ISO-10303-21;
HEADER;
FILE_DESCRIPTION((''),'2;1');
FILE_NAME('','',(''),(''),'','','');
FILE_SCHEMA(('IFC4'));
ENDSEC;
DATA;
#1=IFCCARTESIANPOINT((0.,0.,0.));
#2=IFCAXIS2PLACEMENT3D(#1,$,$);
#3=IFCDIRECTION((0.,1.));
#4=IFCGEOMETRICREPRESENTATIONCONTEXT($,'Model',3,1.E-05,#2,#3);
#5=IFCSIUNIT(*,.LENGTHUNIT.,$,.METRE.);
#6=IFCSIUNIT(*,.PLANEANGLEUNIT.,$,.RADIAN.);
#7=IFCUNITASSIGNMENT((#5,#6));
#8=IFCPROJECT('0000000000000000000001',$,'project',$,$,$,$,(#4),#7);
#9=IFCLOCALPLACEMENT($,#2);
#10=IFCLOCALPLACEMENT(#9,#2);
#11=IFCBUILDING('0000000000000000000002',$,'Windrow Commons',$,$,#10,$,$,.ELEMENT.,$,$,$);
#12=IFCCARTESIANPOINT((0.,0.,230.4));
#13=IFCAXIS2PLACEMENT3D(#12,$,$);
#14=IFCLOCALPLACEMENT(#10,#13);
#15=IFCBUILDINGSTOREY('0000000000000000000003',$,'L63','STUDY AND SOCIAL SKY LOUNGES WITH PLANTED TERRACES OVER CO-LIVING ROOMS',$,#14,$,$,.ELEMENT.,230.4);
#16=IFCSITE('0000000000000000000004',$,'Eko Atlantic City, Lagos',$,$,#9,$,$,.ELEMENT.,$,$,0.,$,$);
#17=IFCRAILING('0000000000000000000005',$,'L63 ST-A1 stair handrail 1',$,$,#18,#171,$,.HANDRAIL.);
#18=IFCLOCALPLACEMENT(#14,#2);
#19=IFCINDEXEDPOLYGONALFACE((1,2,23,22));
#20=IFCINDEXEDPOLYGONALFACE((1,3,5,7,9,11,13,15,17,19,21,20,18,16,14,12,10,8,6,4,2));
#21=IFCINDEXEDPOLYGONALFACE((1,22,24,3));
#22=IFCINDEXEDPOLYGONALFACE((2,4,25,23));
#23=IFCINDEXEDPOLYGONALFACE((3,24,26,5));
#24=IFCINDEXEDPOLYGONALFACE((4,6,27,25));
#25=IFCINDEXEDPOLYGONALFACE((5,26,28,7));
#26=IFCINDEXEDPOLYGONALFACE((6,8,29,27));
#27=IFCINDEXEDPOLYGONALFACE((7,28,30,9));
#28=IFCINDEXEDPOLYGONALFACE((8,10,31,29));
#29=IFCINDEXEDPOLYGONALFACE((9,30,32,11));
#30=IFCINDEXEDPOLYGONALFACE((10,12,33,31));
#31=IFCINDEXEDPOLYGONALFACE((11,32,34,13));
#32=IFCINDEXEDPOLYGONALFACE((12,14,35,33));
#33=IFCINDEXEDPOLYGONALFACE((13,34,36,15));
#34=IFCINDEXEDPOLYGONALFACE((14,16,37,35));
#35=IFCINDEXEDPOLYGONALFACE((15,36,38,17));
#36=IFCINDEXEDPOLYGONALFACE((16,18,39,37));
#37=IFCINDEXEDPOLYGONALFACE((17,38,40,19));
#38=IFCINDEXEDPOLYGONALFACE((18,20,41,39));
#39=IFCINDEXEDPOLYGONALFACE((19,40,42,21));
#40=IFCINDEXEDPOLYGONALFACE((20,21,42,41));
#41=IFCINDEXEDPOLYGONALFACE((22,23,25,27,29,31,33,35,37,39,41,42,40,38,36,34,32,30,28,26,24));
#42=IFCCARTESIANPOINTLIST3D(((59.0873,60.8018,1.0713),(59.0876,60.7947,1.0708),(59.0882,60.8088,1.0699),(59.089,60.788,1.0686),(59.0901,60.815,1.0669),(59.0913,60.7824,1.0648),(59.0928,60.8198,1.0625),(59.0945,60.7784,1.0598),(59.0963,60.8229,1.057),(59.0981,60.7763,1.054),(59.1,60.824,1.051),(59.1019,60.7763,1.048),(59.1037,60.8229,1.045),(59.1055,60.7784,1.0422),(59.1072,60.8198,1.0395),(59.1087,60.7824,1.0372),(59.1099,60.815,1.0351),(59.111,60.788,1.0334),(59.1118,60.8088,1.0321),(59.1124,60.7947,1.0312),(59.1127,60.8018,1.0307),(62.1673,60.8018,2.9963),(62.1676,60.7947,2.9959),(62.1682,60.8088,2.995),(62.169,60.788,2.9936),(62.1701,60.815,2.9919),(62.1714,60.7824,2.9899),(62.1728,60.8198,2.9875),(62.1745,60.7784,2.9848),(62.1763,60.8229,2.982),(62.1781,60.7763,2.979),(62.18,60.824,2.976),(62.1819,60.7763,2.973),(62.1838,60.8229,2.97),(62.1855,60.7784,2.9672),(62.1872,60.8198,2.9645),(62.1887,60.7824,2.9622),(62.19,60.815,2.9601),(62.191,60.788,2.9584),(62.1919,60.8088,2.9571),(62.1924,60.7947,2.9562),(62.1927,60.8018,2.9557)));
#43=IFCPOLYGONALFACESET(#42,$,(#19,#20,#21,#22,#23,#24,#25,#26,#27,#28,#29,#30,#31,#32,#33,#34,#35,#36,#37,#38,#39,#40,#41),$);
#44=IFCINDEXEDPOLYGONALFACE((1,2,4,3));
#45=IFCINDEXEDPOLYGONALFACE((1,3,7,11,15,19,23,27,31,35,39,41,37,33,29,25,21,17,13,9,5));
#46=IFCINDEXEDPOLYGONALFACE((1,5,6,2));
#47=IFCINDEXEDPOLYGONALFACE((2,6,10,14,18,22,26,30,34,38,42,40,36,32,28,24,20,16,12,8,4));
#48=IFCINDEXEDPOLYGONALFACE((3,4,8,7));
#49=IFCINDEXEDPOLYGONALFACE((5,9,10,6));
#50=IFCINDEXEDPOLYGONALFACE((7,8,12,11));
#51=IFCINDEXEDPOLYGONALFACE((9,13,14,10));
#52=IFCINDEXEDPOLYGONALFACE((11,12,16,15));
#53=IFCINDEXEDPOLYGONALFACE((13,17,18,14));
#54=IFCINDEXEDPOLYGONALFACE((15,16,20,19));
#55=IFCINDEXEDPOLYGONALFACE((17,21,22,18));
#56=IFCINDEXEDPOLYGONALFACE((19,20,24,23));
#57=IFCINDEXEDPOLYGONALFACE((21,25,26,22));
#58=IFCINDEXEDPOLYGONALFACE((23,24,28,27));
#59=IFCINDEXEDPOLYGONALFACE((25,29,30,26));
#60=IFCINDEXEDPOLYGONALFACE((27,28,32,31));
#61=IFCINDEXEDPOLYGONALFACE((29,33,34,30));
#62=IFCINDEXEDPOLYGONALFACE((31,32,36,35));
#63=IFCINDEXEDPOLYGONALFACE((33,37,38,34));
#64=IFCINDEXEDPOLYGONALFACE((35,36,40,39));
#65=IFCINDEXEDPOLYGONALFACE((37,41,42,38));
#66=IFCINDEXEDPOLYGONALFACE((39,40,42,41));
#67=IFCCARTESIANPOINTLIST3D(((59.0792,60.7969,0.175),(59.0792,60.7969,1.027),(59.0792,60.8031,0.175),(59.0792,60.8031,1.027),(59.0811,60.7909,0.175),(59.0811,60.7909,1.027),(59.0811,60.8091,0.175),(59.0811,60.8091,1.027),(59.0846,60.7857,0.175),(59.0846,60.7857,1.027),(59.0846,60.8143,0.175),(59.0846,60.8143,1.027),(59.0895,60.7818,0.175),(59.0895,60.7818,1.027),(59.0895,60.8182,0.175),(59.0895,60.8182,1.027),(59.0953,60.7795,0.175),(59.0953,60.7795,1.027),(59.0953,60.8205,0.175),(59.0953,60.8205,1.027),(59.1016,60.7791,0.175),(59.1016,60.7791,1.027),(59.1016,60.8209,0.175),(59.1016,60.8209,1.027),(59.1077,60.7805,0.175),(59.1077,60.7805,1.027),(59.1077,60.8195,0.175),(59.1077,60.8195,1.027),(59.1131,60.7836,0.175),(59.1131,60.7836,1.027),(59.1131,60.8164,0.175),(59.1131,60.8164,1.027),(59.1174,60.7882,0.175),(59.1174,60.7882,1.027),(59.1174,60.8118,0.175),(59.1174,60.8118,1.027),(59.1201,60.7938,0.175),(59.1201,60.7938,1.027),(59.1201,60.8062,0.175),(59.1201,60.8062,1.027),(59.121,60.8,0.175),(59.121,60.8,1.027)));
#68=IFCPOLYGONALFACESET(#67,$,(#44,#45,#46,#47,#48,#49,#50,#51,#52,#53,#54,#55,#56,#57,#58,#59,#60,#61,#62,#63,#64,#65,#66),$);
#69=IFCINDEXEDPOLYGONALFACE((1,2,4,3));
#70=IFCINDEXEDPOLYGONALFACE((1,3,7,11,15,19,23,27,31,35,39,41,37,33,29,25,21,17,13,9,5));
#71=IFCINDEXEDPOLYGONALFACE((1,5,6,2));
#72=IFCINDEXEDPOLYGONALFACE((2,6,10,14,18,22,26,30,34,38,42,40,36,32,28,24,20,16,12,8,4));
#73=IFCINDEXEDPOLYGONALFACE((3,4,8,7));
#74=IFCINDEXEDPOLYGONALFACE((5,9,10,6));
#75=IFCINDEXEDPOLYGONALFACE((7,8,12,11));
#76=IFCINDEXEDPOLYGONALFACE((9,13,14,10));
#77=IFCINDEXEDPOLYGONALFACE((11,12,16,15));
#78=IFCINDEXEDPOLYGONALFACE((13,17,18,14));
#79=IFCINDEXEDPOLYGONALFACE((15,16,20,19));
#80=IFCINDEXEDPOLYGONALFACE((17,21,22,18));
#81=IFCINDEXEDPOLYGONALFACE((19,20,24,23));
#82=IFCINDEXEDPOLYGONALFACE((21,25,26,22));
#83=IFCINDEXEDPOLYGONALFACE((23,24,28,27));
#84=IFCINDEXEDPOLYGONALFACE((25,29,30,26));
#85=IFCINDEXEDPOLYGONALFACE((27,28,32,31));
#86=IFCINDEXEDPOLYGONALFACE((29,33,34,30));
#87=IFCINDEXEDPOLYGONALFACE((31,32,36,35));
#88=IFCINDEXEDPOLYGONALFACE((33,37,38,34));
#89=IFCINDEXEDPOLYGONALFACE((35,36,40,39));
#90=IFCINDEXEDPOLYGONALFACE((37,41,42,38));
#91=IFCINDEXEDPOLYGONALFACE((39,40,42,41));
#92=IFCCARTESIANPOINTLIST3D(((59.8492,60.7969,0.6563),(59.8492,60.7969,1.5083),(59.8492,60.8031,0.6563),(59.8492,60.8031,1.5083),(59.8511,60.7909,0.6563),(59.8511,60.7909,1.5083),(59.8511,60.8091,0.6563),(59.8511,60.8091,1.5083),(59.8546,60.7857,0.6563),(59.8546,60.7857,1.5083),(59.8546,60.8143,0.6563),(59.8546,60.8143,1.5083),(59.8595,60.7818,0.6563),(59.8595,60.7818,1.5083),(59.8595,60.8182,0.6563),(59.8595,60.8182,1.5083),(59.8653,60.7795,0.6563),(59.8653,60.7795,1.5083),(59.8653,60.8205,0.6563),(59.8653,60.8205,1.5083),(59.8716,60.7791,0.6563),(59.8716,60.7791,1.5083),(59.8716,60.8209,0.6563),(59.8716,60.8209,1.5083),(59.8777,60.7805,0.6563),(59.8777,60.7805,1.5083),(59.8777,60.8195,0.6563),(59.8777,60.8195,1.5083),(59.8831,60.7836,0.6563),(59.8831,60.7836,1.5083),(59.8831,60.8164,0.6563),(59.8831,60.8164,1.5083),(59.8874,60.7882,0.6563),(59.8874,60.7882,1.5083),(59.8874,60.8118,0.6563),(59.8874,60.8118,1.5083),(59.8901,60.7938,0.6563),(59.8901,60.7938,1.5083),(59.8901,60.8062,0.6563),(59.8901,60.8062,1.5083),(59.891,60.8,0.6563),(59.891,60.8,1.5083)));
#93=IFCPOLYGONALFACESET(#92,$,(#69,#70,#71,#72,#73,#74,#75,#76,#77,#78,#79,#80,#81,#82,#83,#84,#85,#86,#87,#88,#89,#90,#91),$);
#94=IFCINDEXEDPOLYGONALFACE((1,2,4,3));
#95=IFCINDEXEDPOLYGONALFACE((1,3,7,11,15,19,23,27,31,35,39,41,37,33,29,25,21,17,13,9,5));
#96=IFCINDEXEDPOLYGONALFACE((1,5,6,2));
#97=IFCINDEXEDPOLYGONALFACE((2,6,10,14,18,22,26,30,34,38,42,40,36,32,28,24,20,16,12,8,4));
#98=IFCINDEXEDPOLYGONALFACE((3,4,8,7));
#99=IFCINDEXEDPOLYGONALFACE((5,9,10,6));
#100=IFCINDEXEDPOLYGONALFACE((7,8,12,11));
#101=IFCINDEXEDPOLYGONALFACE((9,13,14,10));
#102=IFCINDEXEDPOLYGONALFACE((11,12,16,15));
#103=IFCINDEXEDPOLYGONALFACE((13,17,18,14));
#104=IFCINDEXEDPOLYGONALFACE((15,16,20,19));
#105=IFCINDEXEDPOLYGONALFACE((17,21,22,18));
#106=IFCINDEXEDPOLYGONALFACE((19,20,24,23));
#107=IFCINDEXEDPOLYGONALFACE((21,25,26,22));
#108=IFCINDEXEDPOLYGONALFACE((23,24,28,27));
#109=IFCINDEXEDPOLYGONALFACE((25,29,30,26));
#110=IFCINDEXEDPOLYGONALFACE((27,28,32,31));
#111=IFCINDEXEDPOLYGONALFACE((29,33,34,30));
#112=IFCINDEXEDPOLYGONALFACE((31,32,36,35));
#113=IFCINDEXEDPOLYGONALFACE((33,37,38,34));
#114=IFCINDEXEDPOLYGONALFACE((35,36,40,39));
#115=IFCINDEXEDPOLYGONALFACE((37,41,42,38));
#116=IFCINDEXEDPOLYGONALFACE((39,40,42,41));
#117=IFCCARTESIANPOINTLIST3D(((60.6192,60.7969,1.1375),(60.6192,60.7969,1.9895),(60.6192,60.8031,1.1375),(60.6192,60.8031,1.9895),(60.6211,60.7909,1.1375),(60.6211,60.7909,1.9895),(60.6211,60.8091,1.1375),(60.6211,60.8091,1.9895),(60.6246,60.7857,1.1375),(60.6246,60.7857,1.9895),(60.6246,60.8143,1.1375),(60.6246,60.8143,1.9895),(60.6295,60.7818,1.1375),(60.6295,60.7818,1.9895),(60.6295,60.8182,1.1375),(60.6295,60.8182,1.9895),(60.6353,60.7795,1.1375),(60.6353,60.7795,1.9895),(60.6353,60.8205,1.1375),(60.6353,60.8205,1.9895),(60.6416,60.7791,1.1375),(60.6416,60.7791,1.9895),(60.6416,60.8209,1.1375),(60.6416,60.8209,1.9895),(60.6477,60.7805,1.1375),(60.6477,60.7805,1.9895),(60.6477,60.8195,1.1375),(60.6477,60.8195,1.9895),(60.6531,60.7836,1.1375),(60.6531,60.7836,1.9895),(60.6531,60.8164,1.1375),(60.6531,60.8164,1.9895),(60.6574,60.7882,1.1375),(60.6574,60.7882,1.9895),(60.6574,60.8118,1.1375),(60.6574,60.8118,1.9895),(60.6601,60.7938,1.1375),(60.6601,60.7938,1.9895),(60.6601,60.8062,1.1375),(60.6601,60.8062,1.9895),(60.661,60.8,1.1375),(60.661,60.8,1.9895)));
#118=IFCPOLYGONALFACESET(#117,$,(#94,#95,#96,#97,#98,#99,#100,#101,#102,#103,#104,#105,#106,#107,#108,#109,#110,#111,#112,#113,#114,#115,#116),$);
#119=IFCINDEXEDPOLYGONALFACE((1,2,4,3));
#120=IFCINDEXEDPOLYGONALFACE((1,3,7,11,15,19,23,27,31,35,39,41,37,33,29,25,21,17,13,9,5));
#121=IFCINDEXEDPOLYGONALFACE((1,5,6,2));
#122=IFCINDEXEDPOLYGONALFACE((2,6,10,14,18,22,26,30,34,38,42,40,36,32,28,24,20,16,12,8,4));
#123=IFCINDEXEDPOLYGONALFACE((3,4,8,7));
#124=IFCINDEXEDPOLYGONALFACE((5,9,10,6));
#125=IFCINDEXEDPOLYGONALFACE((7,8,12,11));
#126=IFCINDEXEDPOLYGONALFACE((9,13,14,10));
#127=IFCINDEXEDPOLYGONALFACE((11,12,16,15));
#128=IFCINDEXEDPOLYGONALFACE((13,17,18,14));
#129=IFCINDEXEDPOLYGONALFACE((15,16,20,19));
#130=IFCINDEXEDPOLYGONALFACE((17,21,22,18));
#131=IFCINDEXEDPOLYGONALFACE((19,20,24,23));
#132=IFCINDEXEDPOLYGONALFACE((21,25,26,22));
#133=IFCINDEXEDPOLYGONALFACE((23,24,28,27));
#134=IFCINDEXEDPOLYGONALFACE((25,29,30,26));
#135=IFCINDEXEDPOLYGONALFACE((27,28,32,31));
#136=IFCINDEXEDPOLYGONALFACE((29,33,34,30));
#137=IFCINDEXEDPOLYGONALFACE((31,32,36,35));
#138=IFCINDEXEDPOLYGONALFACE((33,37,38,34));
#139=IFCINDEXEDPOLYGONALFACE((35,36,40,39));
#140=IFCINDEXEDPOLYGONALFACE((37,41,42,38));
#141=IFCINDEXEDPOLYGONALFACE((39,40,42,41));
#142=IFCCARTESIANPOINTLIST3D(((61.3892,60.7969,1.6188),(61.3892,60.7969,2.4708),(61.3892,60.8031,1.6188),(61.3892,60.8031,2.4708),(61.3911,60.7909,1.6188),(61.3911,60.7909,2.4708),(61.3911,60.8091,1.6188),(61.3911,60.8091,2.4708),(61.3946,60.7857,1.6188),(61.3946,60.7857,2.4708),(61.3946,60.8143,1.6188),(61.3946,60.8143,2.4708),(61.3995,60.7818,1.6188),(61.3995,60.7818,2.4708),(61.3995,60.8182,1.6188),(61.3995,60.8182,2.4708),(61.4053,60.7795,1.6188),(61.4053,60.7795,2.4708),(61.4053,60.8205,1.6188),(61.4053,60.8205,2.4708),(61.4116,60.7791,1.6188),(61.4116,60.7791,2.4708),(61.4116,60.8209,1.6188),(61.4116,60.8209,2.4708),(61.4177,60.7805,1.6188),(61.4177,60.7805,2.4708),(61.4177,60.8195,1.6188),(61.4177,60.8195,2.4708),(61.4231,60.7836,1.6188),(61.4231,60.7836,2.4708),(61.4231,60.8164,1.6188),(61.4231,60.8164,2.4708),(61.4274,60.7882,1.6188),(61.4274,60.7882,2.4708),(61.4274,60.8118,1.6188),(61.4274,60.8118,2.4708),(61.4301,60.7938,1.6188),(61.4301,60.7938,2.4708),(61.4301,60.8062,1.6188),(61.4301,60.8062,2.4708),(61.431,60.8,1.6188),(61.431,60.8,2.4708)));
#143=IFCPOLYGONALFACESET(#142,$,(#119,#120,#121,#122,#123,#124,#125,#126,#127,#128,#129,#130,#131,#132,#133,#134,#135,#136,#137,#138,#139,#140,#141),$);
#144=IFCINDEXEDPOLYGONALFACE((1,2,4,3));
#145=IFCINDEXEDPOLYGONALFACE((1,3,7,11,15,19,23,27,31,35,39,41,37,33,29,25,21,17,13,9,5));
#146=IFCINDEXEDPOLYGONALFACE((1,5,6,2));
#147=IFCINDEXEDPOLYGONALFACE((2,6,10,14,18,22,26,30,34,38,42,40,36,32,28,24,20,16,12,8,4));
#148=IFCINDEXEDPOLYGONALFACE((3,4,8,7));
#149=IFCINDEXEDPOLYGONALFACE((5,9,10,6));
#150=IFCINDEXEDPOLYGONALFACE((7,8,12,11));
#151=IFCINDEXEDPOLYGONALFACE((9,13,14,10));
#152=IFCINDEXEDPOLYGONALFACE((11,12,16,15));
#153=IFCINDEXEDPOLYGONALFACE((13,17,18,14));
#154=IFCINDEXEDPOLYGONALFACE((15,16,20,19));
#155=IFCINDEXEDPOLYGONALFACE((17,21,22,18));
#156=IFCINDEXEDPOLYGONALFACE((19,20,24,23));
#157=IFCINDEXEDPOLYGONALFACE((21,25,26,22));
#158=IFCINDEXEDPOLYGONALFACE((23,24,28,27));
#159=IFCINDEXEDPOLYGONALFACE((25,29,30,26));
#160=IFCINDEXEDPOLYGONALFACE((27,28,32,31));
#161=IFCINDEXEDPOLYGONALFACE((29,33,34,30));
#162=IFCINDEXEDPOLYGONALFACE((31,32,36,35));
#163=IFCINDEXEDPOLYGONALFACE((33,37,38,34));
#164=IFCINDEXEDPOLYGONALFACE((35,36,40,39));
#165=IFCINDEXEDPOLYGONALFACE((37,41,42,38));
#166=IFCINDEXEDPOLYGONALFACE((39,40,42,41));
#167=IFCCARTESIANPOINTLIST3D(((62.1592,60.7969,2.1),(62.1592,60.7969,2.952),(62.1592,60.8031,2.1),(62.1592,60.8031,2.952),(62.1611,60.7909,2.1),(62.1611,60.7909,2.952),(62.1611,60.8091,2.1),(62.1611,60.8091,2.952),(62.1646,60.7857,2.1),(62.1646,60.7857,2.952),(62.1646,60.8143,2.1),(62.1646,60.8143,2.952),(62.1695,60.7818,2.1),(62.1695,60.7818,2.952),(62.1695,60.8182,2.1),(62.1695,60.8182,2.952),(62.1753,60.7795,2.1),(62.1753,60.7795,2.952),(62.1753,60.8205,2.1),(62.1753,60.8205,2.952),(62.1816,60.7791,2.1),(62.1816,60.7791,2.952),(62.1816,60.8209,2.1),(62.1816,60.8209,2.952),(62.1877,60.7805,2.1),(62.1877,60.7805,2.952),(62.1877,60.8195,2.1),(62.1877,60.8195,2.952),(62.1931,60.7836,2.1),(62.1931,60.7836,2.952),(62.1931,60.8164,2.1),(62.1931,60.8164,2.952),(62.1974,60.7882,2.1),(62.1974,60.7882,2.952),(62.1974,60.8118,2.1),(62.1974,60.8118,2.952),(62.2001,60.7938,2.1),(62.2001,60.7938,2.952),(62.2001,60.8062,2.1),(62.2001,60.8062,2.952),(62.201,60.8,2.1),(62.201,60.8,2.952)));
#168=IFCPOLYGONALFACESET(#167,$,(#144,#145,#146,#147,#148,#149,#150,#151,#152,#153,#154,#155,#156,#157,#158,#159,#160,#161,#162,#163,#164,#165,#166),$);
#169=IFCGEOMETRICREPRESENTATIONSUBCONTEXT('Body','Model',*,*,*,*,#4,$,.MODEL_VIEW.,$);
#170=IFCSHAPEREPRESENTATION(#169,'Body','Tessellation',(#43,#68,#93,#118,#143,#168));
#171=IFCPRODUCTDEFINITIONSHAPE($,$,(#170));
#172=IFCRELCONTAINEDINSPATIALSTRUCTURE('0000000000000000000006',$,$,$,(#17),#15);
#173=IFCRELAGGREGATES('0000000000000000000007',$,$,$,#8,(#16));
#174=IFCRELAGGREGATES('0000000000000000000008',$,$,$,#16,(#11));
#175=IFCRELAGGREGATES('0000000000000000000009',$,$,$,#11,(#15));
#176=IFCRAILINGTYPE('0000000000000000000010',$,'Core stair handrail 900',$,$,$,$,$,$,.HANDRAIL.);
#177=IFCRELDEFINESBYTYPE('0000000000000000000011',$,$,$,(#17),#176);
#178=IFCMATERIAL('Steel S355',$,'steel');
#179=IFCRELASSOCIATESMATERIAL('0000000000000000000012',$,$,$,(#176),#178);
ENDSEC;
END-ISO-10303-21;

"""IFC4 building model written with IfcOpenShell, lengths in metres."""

from ifc_helpers import new_model, si_unit, direction, frame, origin, origin_2d, place, context, subcontext, project, spatial, circle, extrude, material, type_object, element, save


model = new_model("IFC4")

# Units and contexts
model_context = context("Model", 3, precision=1e-05, world=origin(), true_north=direction((0.0, 1.0)))
body_context = subcontext(model_context, "Body", "Model", "MODEL_VIEW")
ifc_project = project(units=[si_unit("LENGTHUNIT", "METRE"), si_unit("PLANEANGLEUNIT", "RADIAN")], contexts=[model_context])

# Site, building, storey
site_placement = place(None, origin())
site = spatial("IfcSite", under=ifc_project, at=site_placement, Name="Eko Atlantic City, Lagos", CompositionType="ELEMENT", RefElevation=0.0)
building_placement = place(site_placement, origin())
building = spatial("IfcBuilding", under=site, at=building_placement, Name="Windrow Commons", CompositionType="ELEMENT")
storey_placement = place(building_placement, frame((0.0, 0.0, 230.4)))
storey = spatial("IfcBuildingStorey", under=building, at=storey_placement, Name="L63", Description="STUDY AND SOCIAL SKY LOUNGES WITH PLANTED TERRACES OVER CO-LIVING ROOMS", CompositionType="ELEMENT", Elevation=230.4)

# Railing
ifc_material_1 = material(Name="Steel S355", Category="steel")
railing_type_1 = type_object("IfcRailingType", Name="Core stair handrail 900", PredefinedType="HANDRAIL", material=ifc_material_1)
railing_1_placement = place(storey_placement, frame((59.1, 60.8, 0.175)))
element("IfcRailing", 1, at=railing_1_placement, inside=storey, type_object=railing_type_1, Name="L63 ST-A1 stair handrail 1", PredefinedType="HANDRAIL", context=body_context, shape_type="SweptSolid", body=[
    extrude(circle(Radius=0.024, at=origin_2d()), frame((0.0, 0.0, 0.876), z_axis=(0.847998, 0.0, 0.529999), x_axis=(0.0, 1.0, 0.0)), (0.0, 0.0, 1.0), 3.6321),
    extrude(circle(Radius=0.021, at=origin_2d()), origin(), (0.0, 0.0, 1.0), 0.852),
    extrude(circle(Radius=0.021, at=origin_2d()), frame((0.77, 0.0, 0.4813)), (0.0, 0.0, 1.0), 0.852),
    extrude(circle(Radius=0.021, at=origin_2d()), frame((1.54, 0.0, 0.9625)), (0.0, 0.0, 1.0), 0.852),
    extrude(circle(Radius=0.021, at=origin_2d()), frame((2.31, 0.0, 1.4438)), (0.0, 0.0, 1.0), 0.852),
    extrude(circle(Radius=0.021, at=origin_2d()), frame((3.08, 0.0, 1.925)), (0.0, 0.0, 1.0), 0.852),
])

save(model, "model.ifc")
